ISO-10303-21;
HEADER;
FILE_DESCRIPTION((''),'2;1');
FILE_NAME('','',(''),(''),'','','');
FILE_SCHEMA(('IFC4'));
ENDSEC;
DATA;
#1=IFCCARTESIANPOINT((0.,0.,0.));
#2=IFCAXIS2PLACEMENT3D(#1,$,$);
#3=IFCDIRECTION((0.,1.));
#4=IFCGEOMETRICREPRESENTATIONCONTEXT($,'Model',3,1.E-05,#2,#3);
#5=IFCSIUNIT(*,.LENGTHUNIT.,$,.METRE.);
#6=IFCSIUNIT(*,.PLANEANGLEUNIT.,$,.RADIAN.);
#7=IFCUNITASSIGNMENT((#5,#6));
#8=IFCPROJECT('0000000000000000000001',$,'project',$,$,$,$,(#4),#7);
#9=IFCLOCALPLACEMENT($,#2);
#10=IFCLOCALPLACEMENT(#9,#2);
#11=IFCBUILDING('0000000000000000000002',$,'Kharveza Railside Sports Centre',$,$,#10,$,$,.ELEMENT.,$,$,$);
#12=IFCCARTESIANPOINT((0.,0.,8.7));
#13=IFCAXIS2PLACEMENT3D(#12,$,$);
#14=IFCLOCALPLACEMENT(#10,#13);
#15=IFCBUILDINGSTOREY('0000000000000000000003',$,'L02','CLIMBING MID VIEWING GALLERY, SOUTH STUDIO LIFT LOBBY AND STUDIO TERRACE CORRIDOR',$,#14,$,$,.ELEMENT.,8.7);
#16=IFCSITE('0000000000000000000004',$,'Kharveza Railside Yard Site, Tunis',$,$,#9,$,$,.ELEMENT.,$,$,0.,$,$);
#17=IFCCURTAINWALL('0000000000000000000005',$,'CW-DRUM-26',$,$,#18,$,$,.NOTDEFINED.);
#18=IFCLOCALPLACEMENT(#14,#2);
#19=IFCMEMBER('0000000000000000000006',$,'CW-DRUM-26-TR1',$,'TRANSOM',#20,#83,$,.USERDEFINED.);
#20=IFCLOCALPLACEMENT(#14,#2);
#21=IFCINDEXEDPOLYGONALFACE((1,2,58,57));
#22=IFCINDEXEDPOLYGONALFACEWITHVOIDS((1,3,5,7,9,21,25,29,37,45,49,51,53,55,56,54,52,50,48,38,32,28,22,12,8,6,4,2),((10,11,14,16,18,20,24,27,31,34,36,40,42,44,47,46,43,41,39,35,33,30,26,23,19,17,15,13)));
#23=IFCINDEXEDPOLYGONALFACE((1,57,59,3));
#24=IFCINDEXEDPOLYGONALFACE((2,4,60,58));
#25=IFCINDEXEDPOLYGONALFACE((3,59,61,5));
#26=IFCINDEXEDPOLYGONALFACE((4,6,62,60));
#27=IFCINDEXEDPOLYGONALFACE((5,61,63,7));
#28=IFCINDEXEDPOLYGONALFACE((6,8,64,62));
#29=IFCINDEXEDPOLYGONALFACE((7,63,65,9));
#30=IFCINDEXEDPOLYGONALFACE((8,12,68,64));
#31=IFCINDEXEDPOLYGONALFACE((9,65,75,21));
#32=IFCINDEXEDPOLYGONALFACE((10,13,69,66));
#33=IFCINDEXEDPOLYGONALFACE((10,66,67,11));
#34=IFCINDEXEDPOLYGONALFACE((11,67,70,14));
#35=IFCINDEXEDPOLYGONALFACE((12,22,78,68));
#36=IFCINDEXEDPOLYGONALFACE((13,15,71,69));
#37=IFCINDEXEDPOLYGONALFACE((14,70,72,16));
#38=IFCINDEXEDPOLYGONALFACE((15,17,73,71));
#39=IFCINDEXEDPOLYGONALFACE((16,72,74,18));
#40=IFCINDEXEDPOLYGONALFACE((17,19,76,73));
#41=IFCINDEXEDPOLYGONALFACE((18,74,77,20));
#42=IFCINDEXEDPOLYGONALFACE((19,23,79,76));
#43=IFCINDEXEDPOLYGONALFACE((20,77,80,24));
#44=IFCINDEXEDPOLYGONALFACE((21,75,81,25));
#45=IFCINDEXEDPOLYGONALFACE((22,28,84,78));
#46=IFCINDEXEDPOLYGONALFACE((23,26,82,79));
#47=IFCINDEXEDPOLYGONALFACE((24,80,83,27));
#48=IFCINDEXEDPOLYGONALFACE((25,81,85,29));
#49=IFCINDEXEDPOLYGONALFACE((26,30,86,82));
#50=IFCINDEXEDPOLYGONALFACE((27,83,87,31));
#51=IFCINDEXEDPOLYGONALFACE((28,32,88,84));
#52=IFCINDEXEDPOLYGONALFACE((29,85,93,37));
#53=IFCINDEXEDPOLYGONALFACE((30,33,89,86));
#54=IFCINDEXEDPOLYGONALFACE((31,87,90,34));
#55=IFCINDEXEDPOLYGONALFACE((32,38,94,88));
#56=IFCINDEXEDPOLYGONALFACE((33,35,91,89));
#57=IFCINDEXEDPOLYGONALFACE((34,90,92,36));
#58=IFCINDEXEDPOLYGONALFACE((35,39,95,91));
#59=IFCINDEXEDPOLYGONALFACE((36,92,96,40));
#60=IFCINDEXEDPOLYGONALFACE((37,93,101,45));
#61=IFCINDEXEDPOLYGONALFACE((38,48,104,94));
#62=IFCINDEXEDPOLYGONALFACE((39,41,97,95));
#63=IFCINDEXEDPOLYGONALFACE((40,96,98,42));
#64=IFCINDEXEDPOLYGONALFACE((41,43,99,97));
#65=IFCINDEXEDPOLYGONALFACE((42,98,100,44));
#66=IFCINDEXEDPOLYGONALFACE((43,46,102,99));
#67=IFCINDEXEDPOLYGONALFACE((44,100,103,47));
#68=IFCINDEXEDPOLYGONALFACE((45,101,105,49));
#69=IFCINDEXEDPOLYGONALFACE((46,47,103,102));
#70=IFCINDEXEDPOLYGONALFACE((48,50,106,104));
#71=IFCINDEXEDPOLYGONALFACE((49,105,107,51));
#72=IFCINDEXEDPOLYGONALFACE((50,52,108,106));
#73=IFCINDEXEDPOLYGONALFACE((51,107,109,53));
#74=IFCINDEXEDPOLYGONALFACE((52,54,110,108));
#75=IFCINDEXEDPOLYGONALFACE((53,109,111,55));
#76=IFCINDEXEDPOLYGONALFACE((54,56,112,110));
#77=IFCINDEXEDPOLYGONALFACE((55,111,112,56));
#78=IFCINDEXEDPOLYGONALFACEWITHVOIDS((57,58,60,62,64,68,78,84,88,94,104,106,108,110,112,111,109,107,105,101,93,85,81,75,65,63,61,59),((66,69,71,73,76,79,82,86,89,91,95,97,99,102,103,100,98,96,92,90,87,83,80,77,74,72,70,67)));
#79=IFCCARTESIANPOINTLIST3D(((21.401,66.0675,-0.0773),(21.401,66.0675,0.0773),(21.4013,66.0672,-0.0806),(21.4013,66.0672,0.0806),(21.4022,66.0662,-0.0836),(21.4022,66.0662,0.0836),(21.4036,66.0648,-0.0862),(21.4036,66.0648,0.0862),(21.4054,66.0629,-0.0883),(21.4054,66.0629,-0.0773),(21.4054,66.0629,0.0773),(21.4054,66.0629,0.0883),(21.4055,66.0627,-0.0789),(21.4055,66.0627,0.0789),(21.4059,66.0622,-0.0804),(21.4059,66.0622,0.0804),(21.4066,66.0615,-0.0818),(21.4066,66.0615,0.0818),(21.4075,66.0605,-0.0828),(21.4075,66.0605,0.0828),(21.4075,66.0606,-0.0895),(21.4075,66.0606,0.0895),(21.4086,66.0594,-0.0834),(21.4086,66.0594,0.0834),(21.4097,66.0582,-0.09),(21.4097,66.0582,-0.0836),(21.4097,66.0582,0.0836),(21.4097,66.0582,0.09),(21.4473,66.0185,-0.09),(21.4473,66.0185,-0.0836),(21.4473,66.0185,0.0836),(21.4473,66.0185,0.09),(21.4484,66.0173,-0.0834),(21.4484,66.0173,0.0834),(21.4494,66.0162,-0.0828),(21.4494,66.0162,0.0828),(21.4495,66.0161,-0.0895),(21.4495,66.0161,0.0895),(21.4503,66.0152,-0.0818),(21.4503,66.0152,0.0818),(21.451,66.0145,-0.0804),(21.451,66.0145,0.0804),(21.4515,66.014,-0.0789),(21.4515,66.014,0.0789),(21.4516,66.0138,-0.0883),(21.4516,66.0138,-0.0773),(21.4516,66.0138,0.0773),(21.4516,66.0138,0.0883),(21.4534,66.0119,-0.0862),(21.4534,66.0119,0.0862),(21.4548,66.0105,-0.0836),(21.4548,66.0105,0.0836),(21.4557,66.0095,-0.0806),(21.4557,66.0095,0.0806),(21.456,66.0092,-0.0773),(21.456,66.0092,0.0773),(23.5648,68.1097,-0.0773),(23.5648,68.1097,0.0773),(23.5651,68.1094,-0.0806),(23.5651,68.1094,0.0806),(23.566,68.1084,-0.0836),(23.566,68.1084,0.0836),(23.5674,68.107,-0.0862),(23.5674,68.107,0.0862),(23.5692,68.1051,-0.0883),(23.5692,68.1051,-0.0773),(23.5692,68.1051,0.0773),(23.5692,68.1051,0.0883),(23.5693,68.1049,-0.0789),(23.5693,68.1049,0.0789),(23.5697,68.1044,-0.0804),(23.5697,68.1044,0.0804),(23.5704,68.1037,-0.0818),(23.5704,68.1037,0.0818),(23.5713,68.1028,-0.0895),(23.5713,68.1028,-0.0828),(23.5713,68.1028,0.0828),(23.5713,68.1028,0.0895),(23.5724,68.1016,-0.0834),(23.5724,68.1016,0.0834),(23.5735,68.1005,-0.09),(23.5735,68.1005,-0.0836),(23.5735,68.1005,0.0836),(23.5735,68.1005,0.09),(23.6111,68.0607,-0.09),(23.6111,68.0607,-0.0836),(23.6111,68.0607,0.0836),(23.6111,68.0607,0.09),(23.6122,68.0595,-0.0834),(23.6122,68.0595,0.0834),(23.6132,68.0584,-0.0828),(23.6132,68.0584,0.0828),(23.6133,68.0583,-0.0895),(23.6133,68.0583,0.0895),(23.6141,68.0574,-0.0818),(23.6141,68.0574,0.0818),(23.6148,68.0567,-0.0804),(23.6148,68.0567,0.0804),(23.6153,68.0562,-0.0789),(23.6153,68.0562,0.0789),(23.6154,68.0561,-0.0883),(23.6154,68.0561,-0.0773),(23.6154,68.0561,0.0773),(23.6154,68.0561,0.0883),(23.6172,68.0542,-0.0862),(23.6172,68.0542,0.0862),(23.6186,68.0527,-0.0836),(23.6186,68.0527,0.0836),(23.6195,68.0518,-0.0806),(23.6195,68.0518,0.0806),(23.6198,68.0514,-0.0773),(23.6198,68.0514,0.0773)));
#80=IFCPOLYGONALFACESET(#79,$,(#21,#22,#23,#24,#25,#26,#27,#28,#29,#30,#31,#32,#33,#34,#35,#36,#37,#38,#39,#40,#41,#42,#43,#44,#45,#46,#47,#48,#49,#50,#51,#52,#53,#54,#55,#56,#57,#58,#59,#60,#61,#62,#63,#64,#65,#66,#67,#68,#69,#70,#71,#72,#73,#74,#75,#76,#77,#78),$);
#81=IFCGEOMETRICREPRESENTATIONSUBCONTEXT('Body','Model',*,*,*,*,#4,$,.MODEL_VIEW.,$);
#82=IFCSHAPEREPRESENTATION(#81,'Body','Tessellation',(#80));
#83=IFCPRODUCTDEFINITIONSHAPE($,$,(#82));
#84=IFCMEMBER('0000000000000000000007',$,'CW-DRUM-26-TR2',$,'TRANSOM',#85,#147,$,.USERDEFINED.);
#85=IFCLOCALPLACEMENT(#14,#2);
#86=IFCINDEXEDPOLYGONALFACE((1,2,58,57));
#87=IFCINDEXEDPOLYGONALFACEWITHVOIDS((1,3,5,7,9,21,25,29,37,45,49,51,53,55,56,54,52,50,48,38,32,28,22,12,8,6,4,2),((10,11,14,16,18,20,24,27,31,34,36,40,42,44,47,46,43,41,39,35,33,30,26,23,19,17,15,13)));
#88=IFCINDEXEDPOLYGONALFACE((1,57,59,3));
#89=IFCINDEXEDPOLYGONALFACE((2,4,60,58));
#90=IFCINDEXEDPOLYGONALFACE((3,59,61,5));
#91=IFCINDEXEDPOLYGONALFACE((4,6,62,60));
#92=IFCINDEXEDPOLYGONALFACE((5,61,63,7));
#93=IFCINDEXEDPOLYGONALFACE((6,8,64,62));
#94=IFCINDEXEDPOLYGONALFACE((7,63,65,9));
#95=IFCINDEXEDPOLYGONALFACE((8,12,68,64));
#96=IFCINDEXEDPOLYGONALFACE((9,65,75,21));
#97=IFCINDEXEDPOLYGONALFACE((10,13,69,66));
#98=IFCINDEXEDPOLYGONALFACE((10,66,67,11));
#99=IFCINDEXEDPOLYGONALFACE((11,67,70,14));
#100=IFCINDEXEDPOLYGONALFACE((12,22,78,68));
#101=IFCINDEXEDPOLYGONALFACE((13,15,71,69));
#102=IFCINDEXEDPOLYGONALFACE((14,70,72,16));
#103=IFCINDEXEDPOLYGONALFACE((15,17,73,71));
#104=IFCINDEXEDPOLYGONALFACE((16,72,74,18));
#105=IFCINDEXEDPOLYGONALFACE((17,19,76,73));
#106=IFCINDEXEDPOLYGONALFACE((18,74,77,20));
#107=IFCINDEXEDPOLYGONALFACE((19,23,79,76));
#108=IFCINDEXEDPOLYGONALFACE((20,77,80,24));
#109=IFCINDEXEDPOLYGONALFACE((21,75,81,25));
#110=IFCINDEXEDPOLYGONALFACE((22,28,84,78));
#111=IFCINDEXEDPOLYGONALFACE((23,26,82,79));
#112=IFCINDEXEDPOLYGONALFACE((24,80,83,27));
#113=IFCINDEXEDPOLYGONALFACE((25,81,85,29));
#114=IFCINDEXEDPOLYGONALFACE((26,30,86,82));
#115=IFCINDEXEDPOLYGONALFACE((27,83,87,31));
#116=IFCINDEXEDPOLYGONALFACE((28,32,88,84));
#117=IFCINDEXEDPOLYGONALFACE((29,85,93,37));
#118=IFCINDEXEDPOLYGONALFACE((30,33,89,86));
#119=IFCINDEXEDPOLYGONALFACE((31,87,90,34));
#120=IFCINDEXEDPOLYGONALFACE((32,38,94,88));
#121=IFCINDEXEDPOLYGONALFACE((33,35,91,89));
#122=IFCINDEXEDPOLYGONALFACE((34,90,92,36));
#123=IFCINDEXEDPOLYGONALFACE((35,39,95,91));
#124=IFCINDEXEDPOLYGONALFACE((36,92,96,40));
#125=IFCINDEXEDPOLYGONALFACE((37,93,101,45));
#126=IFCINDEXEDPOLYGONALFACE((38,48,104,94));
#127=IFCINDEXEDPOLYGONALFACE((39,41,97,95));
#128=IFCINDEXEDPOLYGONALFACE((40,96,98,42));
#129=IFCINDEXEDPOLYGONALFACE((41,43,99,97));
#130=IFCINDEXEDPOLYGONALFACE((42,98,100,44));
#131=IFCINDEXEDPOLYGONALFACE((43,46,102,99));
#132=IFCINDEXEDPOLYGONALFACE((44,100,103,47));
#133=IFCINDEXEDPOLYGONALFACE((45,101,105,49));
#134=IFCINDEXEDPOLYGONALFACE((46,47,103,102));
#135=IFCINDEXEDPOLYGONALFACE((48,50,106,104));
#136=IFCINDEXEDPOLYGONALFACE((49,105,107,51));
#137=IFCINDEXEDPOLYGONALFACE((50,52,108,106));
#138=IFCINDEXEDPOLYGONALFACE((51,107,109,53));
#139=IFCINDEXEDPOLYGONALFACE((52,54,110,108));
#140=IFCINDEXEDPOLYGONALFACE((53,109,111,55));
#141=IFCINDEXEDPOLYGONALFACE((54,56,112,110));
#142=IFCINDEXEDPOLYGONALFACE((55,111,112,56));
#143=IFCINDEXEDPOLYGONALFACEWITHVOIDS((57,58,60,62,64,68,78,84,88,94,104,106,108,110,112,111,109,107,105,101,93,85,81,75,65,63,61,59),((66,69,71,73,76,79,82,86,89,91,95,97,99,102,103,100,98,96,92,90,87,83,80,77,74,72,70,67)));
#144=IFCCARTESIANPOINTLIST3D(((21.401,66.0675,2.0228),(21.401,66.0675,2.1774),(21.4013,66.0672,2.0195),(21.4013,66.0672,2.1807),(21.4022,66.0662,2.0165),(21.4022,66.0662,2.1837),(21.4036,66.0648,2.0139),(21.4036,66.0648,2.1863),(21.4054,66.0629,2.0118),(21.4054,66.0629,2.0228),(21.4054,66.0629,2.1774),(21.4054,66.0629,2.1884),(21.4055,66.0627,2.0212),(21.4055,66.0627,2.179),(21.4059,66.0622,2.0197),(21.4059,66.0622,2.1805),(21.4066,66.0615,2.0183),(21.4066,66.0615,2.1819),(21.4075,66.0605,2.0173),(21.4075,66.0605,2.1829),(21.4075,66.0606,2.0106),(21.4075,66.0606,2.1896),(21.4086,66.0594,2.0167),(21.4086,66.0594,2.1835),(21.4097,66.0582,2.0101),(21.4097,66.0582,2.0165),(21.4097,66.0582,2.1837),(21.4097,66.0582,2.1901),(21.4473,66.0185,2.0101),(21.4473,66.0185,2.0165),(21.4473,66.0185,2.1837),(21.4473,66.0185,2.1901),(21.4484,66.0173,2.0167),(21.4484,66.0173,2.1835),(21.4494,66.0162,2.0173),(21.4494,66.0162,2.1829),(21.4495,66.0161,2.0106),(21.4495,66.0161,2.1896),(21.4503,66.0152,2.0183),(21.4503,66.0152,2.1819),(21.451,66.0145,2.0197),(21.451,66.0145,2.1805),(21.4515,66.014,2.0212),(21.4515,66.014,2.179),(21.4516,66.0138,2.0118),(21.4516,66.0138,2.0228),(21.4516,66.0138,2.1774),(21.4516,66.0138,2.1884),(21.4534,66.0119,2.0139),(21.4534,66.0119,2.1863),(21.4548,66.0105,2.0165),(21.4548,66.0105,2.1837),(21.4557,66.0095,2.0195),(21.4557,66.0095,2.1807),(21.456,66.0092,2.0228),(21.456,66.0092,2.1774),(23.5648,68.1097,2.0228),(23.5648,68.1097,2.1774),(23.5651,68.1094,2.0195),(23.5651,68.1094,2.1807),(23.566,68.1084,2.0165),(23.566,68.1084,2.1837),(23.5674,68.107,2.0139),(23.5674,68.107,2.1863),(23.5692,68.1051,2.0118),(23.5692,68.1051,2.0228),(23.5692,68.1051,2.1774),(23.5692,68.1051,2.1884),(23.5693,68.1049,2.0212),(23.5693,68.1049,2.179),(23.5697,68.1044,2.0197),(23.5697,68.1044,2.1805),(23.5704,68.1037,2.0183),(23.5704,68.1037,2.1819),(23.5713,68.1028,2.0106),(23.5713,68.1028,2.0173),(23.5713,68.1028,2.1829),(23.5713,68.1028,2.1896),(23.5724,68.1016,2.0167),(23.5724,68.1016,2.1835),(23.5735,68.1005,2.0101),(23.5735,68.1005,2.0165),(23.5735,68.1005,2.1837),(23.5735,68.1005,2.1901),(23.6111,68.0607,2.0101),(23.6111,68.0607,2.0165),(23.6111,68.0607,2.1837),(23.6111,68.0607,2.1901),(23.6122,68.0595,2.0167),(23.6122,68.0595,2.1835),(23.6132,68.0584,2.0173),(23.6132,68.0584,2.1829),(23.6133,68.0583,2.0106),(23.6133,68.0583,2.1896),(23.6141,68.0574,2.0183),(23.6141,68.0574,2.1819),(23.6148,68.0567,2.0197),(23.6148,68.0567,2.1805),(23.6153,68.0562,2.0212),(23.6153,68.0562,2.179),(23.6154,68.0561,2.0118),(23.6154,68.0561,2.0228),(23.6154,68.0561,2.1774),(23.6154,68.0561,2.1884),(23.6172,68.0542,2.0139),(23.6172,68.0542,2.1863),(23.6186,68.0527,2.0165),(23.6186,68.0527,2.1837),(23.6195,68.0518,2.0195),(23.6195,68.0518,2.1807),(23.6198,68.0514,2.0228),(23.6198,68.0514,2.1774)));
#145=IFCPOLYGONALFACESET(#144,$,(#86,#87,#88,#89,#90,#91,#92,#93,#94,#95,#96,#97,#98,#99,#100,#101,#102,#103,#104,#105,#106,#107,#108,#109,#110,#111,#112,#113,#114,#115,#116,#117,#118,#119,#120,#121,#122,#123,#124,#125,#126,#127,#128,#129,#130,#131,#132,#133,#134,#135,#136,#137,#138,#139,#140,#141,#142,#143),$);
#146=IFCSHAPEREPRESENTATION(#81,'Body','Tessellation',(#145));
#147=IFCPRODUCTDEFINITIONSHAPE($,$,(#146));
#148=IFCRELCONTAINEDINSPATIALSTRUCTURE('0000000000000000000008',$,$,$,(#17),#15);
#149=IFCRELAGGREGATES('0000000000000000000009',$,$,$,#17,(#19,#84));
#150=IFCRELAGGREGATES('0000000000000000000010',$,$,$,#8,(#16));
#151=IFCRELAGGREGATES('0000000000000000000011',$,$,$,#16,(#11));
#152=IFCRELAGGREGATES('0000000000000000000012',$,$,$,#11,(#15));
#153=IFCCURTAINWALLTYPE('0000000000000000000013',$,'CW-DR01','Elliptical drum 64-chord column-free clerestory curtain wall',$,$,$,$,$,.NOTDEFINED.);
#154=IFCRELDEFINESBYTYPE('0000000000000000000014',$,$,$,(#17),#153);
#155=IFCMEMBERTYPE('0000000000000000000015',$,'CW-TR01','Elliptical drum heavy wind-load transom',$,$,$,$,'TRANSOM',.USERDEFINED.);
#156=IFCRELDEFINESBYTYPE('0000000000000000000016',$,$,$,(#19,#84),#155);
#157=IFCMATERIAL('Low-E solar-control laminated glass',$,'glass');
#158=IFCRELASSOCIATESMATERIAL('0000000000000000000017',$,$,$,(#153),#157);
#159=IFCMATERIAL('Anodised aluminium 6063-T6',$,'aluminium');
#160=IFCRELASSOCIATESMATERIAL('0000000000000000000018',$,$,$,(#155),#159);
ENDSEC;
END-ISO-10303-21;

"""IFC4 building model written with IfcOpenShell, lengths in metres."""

from ifc_helpers import new_model, si_unit, direction, frame, origin, origin_2d, place, context, subcontext, project, spatial, hollow_rectangle, extrude, material, material_profile, profile_set, type_object, element, aggregate, save


model = new_model("IFC4")

# Units and contexts
model_context = context("Model", 3, precision=1e-05, world=origin(), true_north=direction((0.0, 1.0)))
body_context = subcontext(model_context, "Body", "Model", "MODEL_VIEW")
ifc_project = project(units=[si_unit("LENGTHUNIT", "METRE"), si_unit("PLANEANGLEUNIT", "RADIAN")], contexts=[model_context])

# Site, building, storey
site_placement = place(None, origin())
site = spatial("IfcSite", under=ifc_project, at=site_placement, Name="Kharveza Railside Yard Site, Tunis", CompositionType="ELEMENT", RefElevation=0.0)
building_placement = place(site_placement, origin())
building = spatial("IfcBuilding", under=site, at=building_placement, Name="Kharveza Railside Sports Centre", CompositionType="ELEMENT")
storey_placement = place(building_placement, frame((0.0, 0.0, 8.7)))
storey = spatial("IfcBuildingStorey", under=building, at=storey_placement, Name="L02", Description="CLIMBING MID VIEWING GALLERY, SOUTH STUDIO LIFT LOBBY AND STUDIO TERRACE CORRIDOR", CompositionType="ELEMENT", Elevation=8.7)

# Curtain wall
ifc_material_1 = material(Name="Low-E solar-control laminated glass", Category="glass")
curtain_wall_type = type_object("IfcCurtainWallType", Name="CW-DR01", Description="Elliptical drum 64-chord column-free clerestory curtain wall", PredefinedType="NOTDEFINED", material=ifc_material_1)
ifc_material_2 = material(Name="Anodised aluminium 6063-T6", Category="aluminium")
curtain_wall_1_placement = place(storey_placement, origin())
curtain_wall_1 = element("IfcCurtainWall", 1, at=curtain_wall_1_placement, inside=storey, type_object=curtain_wall_type, Name="CW-DRUM-26", PredefinedType="NOTDEFINED")

# Members
ifc_material_profile_1 = material_profile(ifc_material_2, hollow_rectangle(XDim=0.0801, YDim=0.1799, WallThickness=0.0063, InnerFilletRadius=0.0063, OuterFilletRadius=0.0127, at=origin_2d()), Name="RHS 80x180x6.3")
ifc_profile_set_1 = profile_set([ifc_material_profile_1], Name="Anodised aluminium 6063-T6")
member_type_1 = type_object("IfcMemberType", Name="CW-TR01", Description="Elliptical drum heavy wind-load transom", ElementType="TRANSOM", PredefinedType="USERDEFINED", material=ifc_profile_set_1)
member_1_placement = place(storey_placement, frame((23.5923, 68.0806, 0.0), z_axis=(-0.727243, -0.68638, 0.0), x_axis=(0.68638, -0.727243, 0.0)))
member_1 = element("IfcMember", 2, at=member_1_placement, type_object=member_type_1, Name="CW-DRUM-26-TR1", ObjectType="TRANSOM", PredefinedType="USERDEFINED", context=body_context, shape_type="SweptSolid", body=[
    extrude(hollow_rectangle(XDim=0.0801, YDim=0.1799, WallThickness=0.0063, InnerFilletRadius=0.0063, OuterFilletRadius=0.0127, at=origin_2d()), origin(), (0.0, 0.0, 1.0), 2.9753),
])
member_2_placement = place(storey_placement, frame((23.5923, 68.0806, 2.1001), z_axis=(-0.727243, -0.68638, 0.0), x_axis=(0.68638, -0.727243, 0.0)))
member_2 = element("IfcMember", 3, at=member_2_placement, type_object=member_type_1, Name="CW-DRUM-26-TR2", ObjectType="TRANSOM", PredefinedType="USERDEFINED", context=body_context, shape_type="SweptSolid", body=[
    extrude(hollow_rectangle(XDim=0.0801, YDim=0.1799, WallThickness=0.0063, InnerFilletRadius=0.0063, OuterFilletRadius=0.0127, at=origin_2d()), origin(), (0.0, 0.0, 1.0), 2.9753),
])

aggregate(curtain_wall_1, [member_1, member_2])

save(model, "model.ifc")
